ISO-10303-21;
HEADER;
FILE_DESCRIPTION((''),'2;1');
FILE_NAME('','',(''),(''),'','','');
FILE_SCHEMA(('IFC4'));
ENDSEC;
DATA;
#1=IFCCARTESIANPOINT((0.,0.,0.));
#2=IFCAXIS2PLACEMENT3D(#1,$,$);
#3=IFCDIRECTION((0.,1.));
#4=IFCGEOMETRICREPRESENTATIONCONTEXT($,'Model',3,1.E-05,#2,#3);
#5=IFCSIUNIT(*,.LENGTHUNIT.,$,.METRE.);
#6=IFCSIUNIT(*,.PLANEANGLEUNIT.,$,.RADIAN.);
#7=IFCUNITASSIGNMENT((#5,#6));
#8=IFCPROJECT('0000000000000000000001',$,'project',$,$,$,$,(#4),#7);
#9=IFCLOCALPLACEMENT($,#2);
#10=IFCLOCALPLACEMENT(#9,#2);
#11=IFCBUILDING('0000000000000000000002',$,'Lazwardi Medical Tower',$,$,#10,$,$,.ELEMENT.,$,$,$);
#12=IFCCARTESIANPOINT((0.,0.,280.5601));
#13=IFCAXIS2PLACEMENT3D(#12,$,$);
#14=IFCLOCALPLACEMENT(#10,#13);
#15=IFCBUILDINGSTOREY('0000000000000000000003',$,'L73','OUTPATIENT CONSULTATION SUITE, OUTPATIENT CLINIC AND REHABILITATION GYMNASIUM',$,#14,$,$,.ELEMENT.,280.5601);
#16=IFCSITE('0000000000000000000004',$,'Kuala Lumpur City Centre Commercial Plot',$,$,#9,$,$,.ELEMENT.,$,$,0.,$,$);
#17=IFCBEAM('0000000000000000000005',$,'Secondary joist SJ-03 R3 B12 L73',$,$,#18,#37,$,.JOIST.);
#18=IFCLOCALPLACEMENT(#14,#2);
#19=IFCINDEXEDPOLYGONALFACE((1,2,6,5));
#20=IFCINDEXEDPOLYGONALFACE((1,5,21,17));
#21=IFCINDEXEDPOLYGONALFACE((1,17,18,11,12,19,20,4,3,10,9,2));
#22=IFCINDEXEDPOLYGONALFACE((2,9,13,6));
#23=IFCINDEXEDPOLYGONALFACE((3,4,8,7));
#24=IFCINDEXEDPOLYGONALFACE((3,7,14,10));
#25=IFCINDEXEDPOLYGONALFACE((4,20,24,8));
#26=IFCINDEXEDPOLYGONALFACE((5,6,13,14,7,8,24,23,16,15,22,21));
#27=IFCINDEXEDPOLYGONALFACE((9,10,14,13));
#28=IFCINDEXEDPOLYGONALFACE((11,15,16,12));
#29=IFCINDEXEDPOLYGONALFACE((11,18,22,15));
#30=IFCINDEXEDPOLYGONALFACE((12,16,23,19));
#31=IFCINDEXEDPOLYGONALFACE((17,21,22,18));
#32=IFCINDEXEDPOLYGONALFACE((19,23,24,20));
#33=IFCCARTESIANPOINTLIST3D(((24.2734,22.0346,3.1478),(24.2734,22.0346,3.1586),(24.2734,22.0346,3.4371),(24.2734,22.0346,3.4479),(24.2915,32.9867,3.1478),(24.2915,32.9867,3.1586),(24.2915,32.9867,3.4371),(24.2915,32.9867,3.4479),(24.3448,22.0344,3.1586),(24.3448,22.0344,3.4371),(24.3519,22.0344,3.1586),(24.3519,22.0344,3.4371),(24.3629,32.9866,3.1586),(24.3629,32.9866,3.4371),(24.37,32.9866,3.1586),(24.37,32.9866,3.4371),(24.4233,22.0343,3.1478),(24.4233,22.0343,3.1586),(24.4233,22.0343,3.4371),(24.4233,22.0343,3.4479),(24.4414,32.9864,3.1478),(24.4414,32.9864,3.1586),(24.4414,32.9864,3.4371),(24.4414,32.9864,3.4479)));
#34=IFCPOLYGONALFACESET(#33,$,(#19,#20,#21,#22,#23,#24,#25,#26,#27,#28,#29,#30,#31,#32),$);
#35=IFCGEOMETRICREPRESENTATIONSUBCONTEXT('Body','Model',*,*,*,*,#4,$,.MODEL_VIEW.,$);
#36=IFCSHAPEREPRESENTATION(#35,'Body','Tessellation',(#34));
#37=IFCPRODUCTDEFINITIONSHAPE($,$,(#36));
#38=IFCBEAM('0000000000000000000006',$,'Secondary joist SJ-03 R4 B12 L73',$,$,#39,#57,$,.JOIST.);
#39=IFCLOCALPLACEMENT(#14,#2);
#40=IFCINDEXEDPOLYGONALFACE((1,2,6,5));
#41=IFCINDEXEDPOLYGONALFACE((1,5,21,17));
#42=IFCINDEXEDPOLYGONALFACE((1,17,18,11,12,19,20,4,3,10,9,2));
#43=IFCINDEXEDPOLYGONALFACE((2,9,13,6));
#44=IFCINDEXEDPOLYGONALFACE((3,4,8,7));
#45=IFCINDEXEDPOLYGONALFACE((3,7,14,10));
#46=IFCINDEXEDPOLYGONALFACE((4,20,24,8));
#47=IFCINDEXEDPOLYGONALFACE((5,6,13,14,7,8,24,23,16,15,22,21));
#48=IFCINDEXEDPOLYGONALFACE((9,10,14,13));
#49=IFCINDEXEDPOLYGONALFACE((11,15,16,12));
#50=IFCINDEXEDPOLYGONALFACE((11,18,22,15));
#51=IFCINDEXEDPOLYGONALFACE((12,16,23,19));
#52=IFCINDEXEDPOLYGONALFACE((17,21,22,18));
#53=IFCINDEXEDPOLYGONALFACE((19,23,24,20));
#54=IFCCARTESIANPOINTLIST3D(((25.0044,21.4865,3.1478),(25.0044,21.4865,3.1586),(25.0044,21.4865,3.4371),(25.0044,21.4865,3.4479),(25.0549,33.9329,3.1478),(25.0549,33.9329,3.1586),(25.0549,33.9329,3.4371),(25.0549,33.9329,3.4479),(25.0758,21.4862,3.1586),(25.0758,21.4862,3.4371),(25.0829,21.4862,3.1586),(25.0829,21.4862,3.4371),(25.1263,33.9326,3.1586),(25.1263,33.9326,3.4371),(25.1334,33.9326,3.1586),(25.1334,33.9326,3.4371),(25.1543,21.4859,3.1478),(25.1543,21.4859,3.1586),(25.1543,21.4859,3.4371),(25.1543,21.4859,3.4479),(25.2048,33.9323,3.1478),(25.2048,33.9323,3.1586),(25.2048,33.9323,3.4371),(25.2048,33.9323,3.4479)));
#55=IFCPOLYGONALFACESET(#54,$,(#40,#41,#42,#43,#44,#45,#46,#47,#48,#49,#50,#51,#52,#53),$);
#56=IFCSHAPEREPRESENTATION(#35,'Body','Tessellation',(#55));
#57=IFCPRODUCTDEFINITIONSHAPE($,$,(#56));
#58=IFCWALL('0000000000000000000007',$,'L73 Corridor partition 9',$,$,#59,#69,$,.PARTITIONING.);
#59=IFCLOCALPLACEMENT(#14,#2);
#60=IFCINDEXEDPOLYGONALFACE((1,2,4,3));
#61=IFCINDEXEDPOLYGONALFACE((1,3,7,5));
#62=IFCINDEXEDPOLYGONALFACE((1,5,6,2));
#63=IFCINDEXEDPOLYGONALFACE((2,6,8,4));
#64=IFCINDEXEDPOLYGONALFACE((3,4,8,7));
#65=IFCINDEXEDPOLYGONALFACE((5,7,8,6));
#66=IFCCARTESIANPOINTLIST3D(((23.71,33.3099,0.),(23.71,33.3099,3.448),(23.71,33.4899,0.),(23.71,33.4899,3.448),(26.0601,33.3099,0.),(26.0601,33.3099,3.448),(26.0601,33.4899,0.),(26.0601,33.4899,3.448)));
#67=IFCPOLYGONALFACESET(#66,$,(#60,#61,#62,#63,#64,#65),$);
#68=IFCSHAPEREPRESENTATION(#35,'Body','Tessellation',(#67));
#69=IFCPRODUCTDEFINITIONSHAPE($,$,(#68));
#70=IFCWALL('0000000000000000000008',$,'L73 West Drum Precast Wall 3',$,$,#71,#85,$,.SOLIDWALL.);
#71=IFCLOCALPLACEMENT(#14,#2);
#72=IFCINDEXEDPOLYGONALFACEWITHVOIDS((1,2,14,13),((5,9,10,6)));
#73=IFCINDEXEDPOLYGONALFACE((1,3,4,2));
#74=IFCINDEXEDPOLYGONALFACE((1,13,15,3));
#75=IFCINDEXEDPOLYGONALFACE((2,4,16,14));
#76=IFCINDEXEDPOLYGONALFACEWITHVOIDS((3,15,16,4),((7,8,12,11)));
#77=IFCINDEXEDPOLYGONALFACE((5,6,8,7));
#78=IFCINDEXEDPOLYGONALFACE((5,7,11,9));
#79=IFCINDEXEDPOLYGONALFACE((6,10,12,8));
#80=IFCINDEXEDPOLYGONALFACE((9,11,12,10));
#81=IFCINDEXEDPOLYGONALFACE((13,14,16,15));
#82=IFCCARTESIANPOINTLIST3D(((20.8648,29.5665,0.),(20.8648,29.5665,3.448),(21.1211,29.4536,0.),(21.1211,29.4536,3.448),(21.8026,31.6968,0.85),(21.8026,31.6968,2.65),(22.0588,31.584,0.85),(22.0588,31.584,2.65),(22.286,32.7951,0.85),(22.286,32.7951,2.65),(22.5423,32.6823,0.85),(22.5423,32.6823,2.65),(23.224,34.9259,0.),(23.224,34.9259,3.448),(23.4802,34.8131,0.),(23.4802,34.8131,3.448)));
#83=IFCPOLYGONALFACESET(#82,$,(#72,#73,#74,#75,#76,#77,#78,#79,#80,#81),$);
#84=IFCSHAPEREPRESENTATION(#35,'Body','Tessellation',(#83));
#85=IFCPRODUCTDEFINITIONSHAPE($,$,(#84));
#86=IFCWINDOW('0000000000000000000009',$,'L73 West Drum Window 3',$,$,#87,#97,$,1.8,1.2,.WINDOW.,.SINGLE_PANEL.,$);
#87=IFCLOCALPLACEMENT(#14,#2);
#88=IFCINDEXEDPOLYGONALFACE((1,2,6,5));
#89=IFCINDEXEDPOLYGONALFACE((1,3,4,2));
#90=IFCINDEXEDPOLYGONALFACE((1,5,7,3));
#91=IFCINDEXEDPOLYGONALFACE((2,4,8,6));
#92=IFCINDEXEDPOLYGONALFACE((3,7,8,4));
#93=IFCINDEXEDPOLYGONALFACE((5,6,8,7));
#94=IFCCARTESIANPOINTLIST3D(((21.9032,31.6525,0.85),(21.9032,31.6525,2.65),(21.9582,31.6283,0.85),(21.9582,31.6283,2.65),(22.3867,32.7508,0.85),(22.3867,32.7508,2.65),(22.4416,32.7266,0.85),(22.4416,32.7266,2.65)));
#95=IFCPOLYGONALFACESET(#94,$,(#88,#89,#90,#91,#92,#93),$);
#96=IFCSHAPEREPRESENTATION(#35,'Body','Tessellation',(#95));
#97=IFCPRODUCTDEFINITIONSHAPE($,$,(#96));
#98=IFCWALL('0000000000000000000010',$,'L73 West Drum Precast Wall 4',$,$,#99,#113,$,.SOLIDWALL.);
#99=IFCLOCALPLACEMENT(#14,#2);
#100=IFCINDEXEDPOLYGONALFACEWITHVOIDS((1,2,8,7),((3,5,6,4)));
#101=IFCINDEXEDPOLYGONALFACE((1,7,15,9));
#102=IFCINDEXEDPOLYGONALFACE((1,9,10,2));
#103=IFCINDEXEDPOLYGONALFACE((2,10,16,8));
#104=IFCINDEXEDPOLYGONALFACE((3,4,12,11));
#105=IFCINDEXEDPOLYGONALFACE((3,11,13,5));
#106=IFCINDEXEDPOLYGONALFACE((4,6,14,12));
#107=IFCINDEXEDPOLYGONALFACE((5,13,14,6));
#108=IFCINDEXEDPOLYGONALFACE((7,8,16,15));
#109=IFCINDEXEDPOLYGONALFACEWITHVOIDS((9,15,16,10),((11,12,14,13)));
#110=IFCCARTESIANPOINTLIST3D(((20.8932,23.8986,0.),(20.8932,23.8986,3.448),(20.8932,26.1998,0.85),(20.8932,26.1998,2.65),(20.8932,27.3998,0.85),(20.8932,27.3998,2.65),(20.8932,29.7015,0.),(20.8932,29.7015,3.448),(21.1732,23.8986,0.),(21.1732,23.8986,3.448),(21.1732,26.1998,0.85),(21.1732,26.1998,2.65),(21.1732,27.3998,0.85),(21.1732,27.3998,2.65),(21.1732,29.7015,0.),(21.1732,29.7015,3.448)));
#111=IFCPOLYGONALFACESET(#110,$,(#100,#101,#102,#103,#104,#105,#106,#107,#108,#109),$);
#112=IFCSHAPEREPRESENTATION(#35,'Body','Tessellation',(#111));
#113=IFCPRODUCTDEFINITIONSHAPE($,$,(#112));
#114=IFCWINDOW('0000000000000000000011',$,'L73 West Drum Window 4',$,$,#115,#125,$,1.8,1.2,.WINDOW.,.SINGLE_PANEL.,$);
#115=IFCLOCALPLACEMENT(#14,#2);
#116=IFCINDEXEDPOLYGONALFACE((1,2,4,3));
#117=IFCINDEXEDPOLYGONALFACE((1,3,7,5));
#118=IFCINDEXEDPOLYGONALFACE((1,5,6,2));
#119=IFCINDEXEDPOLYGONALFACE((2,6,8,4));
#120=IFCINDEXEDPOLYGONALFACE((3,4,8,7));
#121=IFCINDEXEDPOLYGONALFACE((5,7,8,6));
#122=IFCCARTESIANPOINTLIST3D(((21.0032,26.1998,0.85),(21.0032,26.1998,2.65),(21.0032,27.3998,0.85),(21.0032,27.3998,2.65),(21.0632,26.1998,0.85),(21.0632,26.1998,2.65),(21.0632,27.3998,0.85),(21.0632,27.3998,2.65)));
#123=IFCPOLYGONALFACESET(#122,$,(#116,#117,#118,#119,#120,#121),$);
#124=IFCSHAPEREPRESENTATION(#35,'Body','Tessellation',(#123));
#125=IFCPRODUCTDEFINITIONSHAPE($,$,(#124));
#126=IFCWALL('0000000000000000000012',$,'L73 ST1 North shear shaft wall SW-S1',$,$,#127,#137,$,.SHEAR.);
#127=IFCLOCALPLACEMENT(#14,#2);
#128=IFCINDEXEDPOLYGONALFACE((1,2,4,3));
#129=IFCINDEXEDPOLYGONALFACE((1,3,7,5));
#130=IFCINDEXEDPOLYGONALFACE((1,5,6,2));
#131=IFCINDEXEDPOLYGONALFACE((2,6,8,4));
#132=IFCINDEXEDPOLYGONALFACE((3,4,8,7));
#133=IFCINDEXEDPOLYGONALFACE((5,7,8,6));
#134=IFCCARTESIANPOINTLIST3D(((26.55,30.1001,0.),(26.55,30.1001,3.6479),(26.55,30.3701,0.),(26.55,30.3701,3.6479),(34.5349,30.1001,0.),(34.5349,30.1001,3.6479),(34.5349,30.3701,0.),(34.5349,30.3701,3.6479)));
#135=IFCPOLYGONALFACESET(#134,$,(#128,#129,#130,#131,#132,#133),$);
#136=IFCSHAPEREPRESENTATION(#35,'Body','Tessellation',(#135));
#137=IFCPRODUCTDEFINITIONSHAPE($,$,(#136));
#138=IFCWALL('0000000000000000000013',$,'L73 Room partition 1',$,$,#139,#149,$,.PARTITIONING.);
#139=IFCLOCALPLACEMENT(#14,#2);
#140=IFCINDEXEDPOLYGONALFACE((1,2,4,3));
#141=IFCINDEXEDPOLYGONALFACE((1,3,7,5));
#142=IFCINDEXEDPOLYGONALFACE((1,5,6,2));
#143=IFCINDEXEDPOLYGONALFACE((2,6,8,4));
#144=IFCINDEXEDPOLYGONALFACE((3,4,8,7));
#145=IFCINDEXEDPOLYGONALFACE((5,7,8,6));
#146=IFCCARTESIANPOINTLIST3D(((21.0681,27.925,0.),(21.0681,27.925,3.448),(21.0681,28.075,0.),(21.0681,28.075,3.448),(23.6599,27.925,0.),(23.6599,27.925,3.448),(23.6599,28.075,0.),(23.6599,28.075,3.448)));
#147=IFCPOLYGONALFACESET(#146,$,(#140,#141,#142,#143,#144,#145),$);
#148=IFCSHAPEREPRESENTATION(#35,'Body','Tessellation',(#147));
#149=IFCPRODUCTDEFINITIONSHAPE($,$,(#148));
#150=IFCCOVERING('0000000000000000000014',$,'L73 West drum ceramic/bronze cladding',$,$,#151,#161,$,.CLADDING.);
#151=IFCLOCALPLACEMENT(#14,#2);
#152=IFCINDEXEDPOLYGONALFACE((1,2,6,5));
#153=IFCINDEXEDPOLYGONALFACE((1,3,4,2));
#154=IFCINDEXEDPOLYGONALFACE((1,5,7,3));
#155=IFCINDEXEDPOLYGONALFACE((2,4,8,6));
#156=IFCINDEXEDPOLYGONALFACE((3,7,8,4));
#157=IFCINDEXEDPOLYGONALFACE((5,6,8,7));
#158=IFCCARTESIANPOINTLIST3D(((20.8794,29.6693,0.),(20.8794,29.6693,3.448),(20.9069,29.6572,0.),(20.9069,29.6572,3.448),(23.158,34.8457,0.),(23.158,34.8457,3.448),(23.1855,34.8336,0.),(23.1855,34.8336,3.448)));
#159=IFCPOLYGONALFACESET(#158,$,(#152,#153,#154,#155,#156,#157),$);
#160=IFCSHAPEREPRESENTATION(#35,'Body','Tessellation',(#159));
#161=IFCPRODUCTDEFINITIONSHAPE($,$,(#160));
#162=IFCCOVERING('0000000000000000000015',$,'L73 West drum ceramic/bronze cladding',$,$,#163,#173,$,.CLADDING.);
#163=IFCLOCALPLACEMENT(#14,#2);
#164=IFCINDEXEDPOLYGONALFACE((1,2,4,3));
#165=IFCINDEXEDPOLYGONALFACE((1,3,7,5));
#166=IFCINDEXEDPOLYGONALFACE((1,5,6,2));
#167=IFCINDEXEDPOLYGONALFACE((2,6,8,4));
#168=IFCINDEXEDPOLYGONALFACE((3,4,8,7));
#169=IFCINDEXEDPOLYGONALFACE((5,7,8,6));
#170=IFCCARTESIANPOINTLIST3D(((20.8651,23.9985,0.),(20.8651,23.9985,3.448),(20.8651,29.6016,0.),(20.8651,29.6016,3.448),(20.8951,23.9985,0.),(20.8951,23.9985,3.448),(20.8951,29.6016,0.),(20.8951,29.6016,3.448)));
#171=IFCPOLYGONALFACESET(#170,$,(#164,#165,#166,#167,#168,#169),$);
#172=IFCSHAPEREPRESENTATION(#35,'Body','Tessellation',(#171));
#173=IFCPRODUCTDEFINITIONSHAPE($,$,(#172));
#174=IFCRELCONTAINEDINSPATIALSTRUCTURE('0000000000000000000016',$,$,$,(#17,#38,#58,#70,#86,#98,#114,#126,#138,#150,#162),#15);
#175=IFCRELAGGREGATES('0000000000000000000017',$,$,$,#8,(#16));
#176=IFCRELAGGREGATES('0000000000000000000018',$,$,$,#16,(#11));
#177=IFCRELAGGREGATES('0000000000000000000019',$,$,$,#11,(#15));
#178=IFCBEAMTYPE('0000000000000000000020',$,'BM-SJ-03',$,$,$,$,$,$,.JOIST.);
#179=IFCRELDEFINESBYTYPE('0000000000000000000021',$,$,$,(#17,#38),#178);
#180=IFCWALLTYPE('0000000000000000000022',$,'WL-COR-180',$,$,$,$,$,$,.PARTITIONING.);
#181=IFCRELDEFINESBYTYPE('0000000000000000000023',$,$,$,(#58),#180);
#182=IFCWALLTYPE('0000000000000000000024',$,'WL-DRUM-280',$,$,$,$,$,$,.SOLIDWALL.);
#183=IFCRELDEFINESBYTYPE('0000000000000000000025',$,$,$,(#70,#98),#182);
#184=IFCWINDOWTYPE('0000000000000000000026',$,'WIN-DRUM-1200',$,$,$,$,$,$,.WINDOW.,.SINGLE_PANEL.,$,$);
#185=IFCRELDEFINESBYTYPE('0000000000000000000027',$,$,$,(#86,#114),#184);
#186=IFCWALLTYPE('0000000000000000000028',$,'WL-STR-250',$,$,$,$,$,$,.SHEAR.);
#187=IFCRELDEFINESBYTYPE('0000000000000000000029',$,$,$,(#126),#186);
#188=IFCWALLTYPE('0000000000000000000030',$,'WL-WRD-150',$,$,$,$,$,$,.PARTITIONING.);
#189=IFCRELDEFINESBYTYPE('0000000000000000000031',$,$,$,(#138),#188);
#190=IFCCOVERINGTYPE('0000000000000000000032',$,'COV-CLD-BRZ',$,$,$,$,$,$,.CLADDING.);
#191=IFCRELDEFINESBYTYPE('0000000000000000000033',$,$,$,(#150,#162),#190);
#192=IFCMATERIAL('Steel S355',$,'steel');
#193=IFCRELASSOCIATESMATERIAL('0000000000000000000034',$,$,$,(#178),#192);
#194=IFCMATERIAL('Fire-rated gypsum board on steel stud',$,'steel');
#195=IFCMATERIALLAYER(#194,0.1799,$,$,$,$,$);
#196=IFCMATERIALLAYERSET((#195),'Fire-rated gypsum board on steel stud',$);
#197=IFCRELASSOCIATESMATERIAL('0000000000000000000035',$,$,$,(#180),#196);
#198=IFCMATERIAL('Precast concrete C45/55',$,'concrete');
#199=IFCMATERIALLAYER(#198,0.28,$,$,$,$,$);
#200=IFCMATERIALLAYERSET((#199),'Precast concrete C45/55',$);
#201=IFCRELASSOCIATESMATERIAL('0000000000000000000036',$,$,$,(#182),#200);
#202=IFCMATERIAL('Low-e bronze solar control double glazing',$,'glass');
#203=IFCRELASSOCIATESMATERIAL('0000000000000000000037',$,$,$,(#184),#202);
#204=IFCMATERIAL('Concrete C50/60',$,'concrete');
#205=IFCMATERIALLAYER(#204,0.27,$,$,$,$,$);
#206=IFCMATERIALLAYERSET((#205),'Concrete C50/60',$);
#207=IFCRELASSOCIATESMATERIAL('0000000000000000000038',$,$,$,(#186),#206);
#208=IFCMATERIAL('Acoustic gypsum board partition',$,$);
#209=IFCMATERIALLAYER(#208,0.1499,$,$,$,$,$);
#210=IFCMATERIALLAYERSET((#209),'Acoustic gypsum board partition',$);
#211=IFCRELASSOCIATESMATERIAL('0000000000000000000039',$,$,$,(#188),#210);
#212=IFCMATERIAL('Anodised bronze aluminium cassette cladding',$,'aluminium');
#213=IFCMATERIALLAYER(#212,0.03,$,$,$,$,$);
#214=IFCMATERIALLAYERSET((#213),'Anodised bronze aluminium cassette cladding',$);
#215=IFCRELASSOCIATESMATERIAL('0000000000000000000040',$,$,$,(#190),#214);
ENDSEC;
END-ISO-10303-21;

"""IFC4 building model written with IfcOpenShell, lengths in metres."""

from ifc_helpers import new_model, si_unit, direction, frame, frame_2d, origin, origin_2d, place, context, subcontext, project, spatial, rectangle, i_section, extrude, material, layer, layer_set, material_profile, profile_set, type_object, element, fill, save


model = new_model("IFC4")

# Units and contexts
model_context = context("Model", 3, precision=1e-05, world=origin(), true_north=direction((0.0, 1.0)))
body_context = subcontext(model_context, "Body", "Model", "MODEL_VIEW")
ifc_project = project(units=[si_unit("LENGTHUNIT", "METRE"), si_unit("PLANEANGLEUNIT", "RADIAN")], contexts=[model_context])

# Site, building, storey
site_placement = place(None, origin())
site = spatial("IfcSite", under=ifc_project, at=site_placement, Name="Kuala Lumpur City Centre Commercial Plot", CompositionType="ELEMENT", RefElevation=0.0)
building_placement = place(site_placement, origin())
building = spatial("IfcBuilding", under=site, at=building_placement, Name="Lazwardi Medical Tower", CompositionType="ELEMENT")
storey_placement = place(building_placement, frame((0.0, 0.0, 280.5601)))
storey = spatial("IfcBuildingStorey", under=building, at=storey_placement, Name="L73", Description="OUTPATIENT CONSULTATION SUITE, OUTPATIENT CLINIC AND REHABILITATION GYMNASIUM", CompositionType="ELEMENT", Elevation=280.5601)

# Beams
ifc_material_1 = material(Name="Steel S355", Category="steel")
ifc_material_profile_1 = material_profile(ifc_material_1, i_section(OverallWidth=0.1499, OverallDepth=0.3, WebThickness=0.0071, FlangeThickness=0.0107, at=origin_2d()), Name="IPE 300")
ifc_profile_set_1 = profile_set([ifc_material_profile_1], Name="Steel S355")
beam_type_1 = type_object("IfcBeamType", Name="BM-SJ-03", PredefinedType="JOIST", material=ifc_profile_set_1)
beam_1_placement = place(storey_placement, frame((24.3665, 32.9866, 3.2979), z_axis=(-0.00165, -0.999999, 0.0), x_axis=(0.999999, -0.00165, 0.0)))
element("IfcBeam", 1, at=beam_1_placement, inside=storey, type_object=beam_type_1, Name="Secondary joist SJ-03 R3 B12 L73", PredefinedType="JOIST", context=body_context, shape_type="SweptSolid", body=[
    extrude(i_section(OverallWidth=0.1499, OverallDepth=0.3, WebThickness=0.0071, FlangeThickness=0.0107, at=origin_2d()), origin(), (0.0, 0.0, 1.0), 10.9521),
])
beam_2_placement = place(storey_placement, frame((25.1299, 33.9326, 3.2979), z_axis=(-0.00406, -0.999992, 0.0), x_axis=(0.999992, -0.00406, 0.0)))
element("IfcBeam", 2, at=beam_2_placement, inside=storey, type_object=beam_type_1, Name="Secondary joist SJ-03 R4 B12 L73", PredefinedType="JOIST", context=body_context, shape_type="SweptSolid", body=[
    extrude(i_section(OverallWidth=0.1499, OverallDepth=0.3, WebThickness=0.0071, FlangeThickness=0.0107, at=origin_2d()), origin(), (0.0, 0.0, 1.0), 12.4465),
])

# Wall
ifc_material_2 = material(Name="Fire-rated gypsum board on steel stud", Category="steel")
ifc_layer_1 = layer(ifc_material_2, 0.1799)
ifc_layer_set_1 = layer_set([ifc_layer_1], Name="Fire-rated gypsum board on steel stud")
wall_type_1 = type_object("IfcWallType", Name="WL-COR-180", PredefinedType="PARTITIONING", material=ifc_layer_set_1)
wall_1_placement = place(storey_placement, frame((23.71, 33.3999, 0.0), z_axis=(0.0, 0.0, 1.0), x_axis=(1.0, 0.0, 0.0)))
element("IfcWall", 3, at=wall_1_placement, inside=storey, type_object=wall_type_1, Name="L73 Corridor partition 9", PredefinedType="PARTITIONING", context=body_context, shape_type="SweptSolid", body=[
    extrude(rectangle(XDim=2.3501, YDim=0.1799, at=frame_2d((1.175, 0.0))), origin(), (0.0, 0.0, 1.0), 3.448),
])

# Walls, openings, windows
ifc_material_3 = material(Name="Precast concrete C45/55", Category="concrete")
ifc_layer_2 = layer(ifc_material_3, 0.28)
ifc_layer_set_2 = layer_set([ifc_layer_2], Name="Precast concrete C45/55")
wall_type_2 = type_object("IfcWallType", Name="WL-DRUM-280", PredefinedType="SOLIDWALL", material=ifc_layer_set_2)
wall_2_placement = place(storey_placement, frame((23.3521, 34.8694, 0.0), z_axis=(0.0, 0.0, 1.0), x_axis=(-0.402883, -0.915252, 0.0)))
wall_2 = element("IfcWall", 4, at=wall_2_placement, inside=storey, type_object=wall_type_2, Name="L73 West Drum Precast Wall 3", PredefinedType="SOLIDWALL", context=body_context, shape_type="SweptSolid", body=[
    extrude(rectangle(XDim=5.8557, YDim=0.28, at=frame_2d((2.9277, 0.0))), origin(), (0.0, 0.0, 1.0), 3.448),
])
opening_1_placement = place(wall_2_placement, frame((2.3279, 0.0, 0.8501)))
opening_1 = element("IfcOpeningElement", 5, at=opening_1_placement, cuts=wall_2, PredefinedType="OPENING", context=body_context, shape_type="SweptSolid", body=[
    extrude(rectangle(XDim=1.2, YDim=1.8, at=frame_2d((0.6001, 0.8999))), frame((0.0, 0.1499, 0.0), z_axis=(0.0, -1.0, 0.0), x_axis=(1.0, 0.0, 0.0)), (0.0, 0.0, 1.0), 0.3),
])
ifc_material_4 = material(Name="Low-e bronze solar control double glazing", Category="glass")
window_type = type_object("IfcWindowType", Name="WIN-DRUM-1200", PartitioningType="SINGLE_PANEL", PredefinedType="WINDOW", material=ifc_material_4)
window_1_placement = place(opening_1_placement, origin())
window_1 = element("IfcWindow", 6, at=window_1_placement, inside=storey, type_object=window_type, Name="L73 West Drum Window 3", OverallHeight=1.8, OverallWidth=1.2, PartitioningType="SINGLE_PANEL", PredefinedType="WINDOW", context=body_context, shape_type="SweptSolid", body=[
    extrude(rectangle(XDim=1.2, YDim=1.8, at=frame_2d((0.6001, 0.8999))), frame((0.0, 0.03, 0.0), z_axis=(0.0, -1.0, 0.0), x_axis=(1.0, 0.0, 0.0)), (0.0, 0.0, 1.0), 0.0601),
])
fill(opening_1, window_1)
wall_3_placement = place(storey_placement, frame((21.0332, 29.7014, 0.0), z_axis=(0.0, 0.0, 1.0), x_axis=(0.0, -1.0, 0.0)))
wall_3 = element("IfcWall", 7, at=wall_3_placement, inside=storey, type_object=wall_type_2, Name="L73 West Drum Precast Wall 4", PredefinedType="SOLIDWALL", context=body_context, shape_type="SweptSolid", body=[
    extrude(rectangle(XDim=5.803, YDim=0.28, at=frame_2d((2.9014, 0.0))), origin(), (0.0, 0.0, 1.0), 3.448),
])
opening_2_placement = place(wall_3_placement, frame((2.3015, 0.0, 0.8501)))
opening_2 = element("IfcOpeningElement", 8, at=opening_2_placement, cuts=wall_3, PredefinedType="OPENING", context=body_context, shape_type="SweptSolid", body=[
    extrude(rectangle(XDim=1.2, YDim=1.8, at=frame_2d((0.6001, 0.8999))), frame((0.0, 0.1499, 0.0), z_axis=(0.0, -1.0, 0.0), x_axis=(1.0, 0.0, 0.0)), (0.0, 0.0, 1.0), 0.3),
])
window_2_placement = place(opening_2_placement, origin())
window_2 = element("IfcWindow", 9, at=window_2_placement, inside=storey, type_object=window_type, Name="L73 West Drum Window 4", OverallHeight=1.8, OverallWidth=1.2, PartitioningType="SINGLE_PANEL", PredefinedType="WINDOW", context=body_context, shape_type="SweptSolid", body=[
    extrude(rectangle(XDim=1.2, YDim=1.8, at=frame_2d((0.6001, 0.8999))), frame((0.0, 0.03, 0.0), z_axis=(0.0, -1.0, 0.0), x_axis=(1.0, 0.0, 0.0)), (0.0, 0.0, 1.0), 0.0601),
])
fill(opening_2, window_2)

# Walls
ifc_material_5 = material(Name="Concrete C50/60", Category="concrete")
ifc_layer_3 = layer(ifc_material_5, 0.27)
ifc_layer_set_3 = layer_set([ifc_layer_3], Name="Concrete C50/60")
wall_type_3 = type_object("IfcWallType", Name="WL-STR-250", PredefinedType="SHEAR", material=ifc_layer_set_3)
wall_4_placement = place(storey_placement, frame((26.55, 30.2351, 0.0), z_axis=(0.0, 0.0, 1.0), x_axis=(1.0, 0.0, 0.0)))
element("IfcWall", 10, at=wall_4_placement, inside=storey, type_object=wall_type_3, Name="L73 ST1 North shear shaft wall SW-S1", PredefinedType="SHEAR", context=body_context, shape_type="SweptSolid", body=[
    extrude(rectangle(XDim=7.9849, YDim=0.27, at=frame_2d((3.9924, 0.0))), origin(), (0.0, 0.0, 1.0), 3.6479),
])
ifc_material_6 = material(Name="Acoustic gypsum board partition")
ifc_layer_4 = layer(ifc_material_6, 0.1499)
ifc_layer_set_4 = layer_set([ifc_layer_4], Name="Acoustic gypsum board partition")
wall_type_4 = type_object("IfcWallType", Name="WL-WRD-150", PredefinedType="PARTITIONING", material=ifc_layer_set_4)
wall_5_placement = place(storey_placement, frame((21.0681, 28.0, 0.0), z_axis=(0.0, 0.0, 1.0), x_axis=(1.0, 0.0, 0.0)))
element("IfcWall", 11, at=wall_5_placement, inside=storey, type_object=wall_type_4, Name="L73 Room partition 1", PredefinedType="PARTITIONING", context=body_context, shape_type="SweptSolid", body=[
    extrude(rectangle(XDim=2.5918, YDim=0.1499, at=frame_2d((1.2959, 0.0))), origin(), (0.0, 0.0, 1.0), 3.448),
])

# Coverings
ifc_material_7 = material(Name="Anodised bronze aluminium cassette cladding", Category="aluminium")
ifc_layer_5 = layer(ifc_material_7, 0.03)
ifc_layer_set_5 = layer_set([ifc_layer_5], Name="Anodised bronze aluminium cassette cladding")
covering_type = type_object("IfcCoveringType", Name="COV-CLD-BRZ", PredefinedType="CLADDING", material=ifc_layer_set_5)
covering_1_placement = place(storey_placement, frame((22.0325, 32.2515, 0.0), z_axis=(0.0, 0.0, 1.0), x_axis=(-0.402878, -0.915254, 0.0)))
element("IfcCovering", 12, at=covering_1_placement, inside=storey, type_object=covering_type, Name="L73 West drum ceramic/bronze cladding", PredefinedType="CLADDING", context=body_context, shape_type="SweptSolid", body=[
    extrude(rectangle(XDim=5.6558, YDim=0.03, at=origin_2d()), origin(), (0.0, 0.0, 1.0), 3.448),
])
covering_2_placement = place(storey_placement, frame((20.8801, 26.8, 0.0), z_axis=(0.0, 0.0, 1.0), x_axis=(0.0, -1.0, 0.0)))
element("IfcCovering", 13, at=covering_2_placement, inside=storey, type_object=covering_type, Name="L73 West drum ceramic/bronze cladding", PredefinedType="CLADDING", context=body_context, shape_type="SweptSolid", body=[
    extrude(rectangle(XDim=5.603, YDim=0.03, at=origin_2d()), origin(), (0.0, 0.0, 1.0), 3.448),
])

save(model, "model.ifc")
